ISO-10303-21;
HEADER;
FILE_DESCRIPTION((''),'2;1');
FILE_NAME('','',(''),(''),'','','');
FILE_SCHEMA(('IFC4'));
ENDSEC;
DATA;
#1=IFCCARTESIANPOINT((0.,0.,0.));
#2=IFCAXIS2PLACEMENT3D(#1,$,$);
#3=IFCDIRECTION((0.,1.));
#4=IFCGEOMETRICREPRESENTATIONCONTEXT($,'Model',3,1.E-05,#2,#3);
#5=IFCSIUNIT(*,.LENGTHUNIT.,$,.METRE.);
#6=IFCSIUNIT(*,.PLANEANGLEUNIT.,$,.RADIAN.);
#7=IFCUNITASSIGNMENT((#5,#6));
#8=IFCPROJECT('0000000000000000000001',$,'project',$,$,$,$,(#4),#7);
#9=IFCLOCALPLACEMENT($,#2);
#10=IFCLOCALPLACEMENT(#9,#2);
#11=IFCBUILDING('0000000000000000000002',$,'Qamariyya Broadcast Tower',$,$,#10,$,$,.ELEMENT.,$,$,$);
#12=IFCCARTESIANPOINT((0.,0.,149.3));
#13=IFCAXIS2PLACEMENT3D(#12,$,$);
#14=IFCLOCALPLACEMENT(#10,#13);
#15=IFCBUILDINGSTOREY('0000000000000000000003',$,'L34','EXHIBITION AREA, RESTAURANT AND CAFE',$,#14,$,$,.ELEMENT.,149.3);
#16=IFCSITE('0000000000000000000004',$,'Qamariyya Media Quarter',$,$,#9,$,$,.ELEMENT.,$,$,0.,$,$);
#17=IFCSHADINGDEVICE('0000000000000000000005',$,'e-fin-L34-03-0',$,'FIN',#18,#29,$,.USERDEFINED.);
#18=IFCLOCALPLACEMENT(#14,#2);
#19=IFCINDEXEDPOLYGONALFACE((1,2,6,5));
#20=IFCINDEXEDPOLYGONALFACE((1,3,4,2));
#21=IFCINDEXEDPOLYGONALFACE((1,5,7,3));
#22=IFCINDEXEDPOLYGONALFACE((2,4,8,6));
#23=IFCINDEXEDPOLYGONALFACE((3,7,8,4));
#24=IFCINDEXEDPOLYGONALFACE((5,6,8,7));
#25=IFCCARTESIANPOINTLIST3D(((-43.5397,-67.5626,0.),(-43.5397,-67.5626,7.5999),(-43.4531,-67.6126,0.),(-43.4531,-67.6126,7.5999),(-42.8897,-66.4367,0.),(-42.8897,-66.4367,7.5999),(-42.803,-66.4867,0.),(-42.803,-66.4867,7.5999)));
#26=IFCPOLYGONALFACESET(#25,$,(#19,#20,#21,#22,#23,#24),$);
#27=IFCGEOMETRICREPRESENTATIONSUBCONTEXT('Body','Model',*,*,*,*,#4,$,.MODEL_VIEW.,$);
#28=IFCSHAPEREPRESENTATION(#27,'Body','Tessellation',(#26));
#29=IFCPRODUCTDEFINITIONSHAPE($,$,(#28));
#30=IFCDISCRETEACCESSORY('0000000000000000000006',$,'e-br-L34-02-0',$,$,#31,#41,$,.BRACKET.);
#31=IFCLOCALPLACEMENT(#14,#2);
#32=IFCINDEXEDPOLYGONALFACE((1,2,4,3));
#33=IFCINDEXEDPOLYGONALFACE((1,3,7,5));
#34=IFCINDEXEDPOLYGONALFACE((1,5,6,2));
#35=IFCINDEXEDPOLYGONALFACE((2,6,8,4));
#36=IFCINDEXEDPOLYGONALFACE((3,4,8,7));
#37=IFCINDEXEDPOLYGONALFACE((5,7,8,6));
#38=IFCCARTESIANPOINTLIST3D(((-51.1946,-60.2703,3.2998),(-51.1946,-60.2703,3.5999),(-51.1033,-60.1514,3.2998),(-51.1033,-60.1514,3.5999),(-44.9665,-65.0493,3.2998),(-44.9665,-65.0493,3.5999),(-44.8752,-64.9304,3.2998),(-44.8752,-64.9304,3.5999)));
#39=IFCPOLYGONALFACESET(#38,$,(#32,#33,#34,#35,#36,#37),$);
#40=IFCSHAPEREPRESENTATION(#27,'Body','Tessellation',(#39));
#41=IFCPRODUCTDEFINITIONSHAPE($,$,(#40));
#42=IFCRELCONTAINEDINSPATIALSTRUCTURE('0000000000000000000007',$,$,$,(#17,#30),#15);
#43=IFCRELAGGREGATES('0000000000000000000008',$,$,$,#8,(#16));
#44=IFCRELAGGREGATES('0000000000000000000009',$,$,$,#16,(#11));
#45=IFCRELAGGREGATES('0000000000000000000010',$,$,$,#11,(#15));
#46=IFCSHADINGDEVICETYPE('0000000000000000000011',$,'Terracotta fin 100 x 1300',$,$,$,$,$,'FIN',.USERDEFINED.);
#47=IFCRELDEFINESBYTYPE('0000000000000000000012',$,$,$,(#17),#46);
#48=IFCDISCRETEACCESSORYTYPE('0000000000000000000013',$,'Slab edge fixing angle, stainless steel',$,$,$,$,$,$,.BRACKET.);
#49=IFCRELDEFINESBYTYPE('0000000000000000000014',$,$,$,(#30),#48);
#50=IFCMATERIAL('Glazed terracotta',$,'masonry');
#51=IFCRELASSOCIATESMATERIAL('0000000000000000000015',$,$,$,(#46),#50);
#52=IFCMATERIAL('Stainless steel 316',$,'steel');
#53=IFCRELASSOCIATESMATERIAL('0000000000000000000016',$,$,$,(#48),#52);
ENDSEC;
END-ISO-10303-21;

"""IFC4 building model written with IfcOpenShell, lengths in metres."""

from ifc_helpers import new_model, si_unit, direction, frame, origin, origin_2d, place, context, subcontext, project, spatial, rectangle, extrude, material, material_profile, profile_set, type_object, element, save


model = new_model("IFC4")

# Units and contexts
model_context = context("Model", 3, precision=1e-05, world=origin(), true_north=direction((0.0, 1.0)))
body_context = subcontext(model_context, "Body", "Model", "MODEL_VIEW")
ifc_project = project(units=[si_unit("LENGTHUNIT", "METRE"), si_unit("PLANEANGLEUNIT", "RADIAN")], contexts=[model_context])

# Site, building, storey
site_placement = place(None, origin())
site = spatial("IfcSite", under=ifc_project, at=site_placement, Name="Qamariyya Media Quarter", CompositionType="ELEMENT", RefElevation=0.0)
building_placement = place(site_placement, origin())
building = spatial("IfcBuilding", under=site, at=building_placement, Name="Qamariyya Broadcast Tower", CompositionType="ELEMENT")
storey_placement = place(building_placement, frame((0.0, 0.0, 149.3)))
storey = spatial("IfcBuildingStorey", under=building, at=storey_placement, Name="L34", Description="EXHIBITION AREA, RESTAURANT AND CAFE", CompositionType="ELEMENT", Elevation=149.3)

# Shading device
ifc_material_1 = material(Name="Glazed terracotta", Category="masonry")
ifc_material_profile_1 = material_profile(ifc_material_1, rectangle(XDim=1.3, YDim=0.1001, at=origin_2d()))
ifc_profile_set_1 = profile_set([ifc_material_profile_1], Name="Glazed terracotta")
shading_device_type_1 = type_object("IfcShadingDeviceType", Name="Terracotta fin 100 x 1300", ElementType="FIN", PredefinedType="USERDEFINED", material=ifc_profile_set_1)
for number, where, z_axis, x_axis, name in (
    (1, (-43.1714, -67.0247, 0.0), (0.0, 0.0, 1.0), (-0.5, -0.866025, 0.0), "e-fin-L34-03-0"),
):
    element("IfcShadingDevice", number, at=place(storey_placement, frame(where, z_axis=z_axis, x_axis=x_axis)), inside=storey, type_object=shading_device_type_1, Name=name, ObjectType="FIN", PredefinedType="USERDEFINED", context=body_context, shape_type="SweptSolid", body=[
        extrude(rectangle(XDim=1.3, YDim=0.1001, at=origin_2d()), origin(), (0.0, 0.0, 1.0), 7.5999),
    ])

# Discrete accessory
ifc_material_2 = material(Name="Stainless steel 316", Category="steel")
discrete_accessory_type = type_object("IfcDiscreteAccessoryType", Name="Slab edge fixing angle, stainless steel", PredefinedType="BRACKET", material=ifc_material_2)
discrete_accessory_placement = place(storey_placement, frame((-48.0349, -62.6003, 3.2998), z_axis=(0.0, 0.0, 1.0), x_axis=(0.793353, -0.608761, 0.0)))
element("IfcDiscreteAccessory", 2, at=discrete_accessory_placement, inside=storey, type_object=discrete_accessory_type, Name="e-br-L34-02-0", PredefinedType="BRACKET", context=body_context, shape_type="SweptSolid", body=[
    extrude(rectangle(XDim=7.8503, YDim=0.1499, at=origin_2d()), origin(), (0.0, 0.0, 1.0), 0.3),
])

save(model, "model.ifc")
